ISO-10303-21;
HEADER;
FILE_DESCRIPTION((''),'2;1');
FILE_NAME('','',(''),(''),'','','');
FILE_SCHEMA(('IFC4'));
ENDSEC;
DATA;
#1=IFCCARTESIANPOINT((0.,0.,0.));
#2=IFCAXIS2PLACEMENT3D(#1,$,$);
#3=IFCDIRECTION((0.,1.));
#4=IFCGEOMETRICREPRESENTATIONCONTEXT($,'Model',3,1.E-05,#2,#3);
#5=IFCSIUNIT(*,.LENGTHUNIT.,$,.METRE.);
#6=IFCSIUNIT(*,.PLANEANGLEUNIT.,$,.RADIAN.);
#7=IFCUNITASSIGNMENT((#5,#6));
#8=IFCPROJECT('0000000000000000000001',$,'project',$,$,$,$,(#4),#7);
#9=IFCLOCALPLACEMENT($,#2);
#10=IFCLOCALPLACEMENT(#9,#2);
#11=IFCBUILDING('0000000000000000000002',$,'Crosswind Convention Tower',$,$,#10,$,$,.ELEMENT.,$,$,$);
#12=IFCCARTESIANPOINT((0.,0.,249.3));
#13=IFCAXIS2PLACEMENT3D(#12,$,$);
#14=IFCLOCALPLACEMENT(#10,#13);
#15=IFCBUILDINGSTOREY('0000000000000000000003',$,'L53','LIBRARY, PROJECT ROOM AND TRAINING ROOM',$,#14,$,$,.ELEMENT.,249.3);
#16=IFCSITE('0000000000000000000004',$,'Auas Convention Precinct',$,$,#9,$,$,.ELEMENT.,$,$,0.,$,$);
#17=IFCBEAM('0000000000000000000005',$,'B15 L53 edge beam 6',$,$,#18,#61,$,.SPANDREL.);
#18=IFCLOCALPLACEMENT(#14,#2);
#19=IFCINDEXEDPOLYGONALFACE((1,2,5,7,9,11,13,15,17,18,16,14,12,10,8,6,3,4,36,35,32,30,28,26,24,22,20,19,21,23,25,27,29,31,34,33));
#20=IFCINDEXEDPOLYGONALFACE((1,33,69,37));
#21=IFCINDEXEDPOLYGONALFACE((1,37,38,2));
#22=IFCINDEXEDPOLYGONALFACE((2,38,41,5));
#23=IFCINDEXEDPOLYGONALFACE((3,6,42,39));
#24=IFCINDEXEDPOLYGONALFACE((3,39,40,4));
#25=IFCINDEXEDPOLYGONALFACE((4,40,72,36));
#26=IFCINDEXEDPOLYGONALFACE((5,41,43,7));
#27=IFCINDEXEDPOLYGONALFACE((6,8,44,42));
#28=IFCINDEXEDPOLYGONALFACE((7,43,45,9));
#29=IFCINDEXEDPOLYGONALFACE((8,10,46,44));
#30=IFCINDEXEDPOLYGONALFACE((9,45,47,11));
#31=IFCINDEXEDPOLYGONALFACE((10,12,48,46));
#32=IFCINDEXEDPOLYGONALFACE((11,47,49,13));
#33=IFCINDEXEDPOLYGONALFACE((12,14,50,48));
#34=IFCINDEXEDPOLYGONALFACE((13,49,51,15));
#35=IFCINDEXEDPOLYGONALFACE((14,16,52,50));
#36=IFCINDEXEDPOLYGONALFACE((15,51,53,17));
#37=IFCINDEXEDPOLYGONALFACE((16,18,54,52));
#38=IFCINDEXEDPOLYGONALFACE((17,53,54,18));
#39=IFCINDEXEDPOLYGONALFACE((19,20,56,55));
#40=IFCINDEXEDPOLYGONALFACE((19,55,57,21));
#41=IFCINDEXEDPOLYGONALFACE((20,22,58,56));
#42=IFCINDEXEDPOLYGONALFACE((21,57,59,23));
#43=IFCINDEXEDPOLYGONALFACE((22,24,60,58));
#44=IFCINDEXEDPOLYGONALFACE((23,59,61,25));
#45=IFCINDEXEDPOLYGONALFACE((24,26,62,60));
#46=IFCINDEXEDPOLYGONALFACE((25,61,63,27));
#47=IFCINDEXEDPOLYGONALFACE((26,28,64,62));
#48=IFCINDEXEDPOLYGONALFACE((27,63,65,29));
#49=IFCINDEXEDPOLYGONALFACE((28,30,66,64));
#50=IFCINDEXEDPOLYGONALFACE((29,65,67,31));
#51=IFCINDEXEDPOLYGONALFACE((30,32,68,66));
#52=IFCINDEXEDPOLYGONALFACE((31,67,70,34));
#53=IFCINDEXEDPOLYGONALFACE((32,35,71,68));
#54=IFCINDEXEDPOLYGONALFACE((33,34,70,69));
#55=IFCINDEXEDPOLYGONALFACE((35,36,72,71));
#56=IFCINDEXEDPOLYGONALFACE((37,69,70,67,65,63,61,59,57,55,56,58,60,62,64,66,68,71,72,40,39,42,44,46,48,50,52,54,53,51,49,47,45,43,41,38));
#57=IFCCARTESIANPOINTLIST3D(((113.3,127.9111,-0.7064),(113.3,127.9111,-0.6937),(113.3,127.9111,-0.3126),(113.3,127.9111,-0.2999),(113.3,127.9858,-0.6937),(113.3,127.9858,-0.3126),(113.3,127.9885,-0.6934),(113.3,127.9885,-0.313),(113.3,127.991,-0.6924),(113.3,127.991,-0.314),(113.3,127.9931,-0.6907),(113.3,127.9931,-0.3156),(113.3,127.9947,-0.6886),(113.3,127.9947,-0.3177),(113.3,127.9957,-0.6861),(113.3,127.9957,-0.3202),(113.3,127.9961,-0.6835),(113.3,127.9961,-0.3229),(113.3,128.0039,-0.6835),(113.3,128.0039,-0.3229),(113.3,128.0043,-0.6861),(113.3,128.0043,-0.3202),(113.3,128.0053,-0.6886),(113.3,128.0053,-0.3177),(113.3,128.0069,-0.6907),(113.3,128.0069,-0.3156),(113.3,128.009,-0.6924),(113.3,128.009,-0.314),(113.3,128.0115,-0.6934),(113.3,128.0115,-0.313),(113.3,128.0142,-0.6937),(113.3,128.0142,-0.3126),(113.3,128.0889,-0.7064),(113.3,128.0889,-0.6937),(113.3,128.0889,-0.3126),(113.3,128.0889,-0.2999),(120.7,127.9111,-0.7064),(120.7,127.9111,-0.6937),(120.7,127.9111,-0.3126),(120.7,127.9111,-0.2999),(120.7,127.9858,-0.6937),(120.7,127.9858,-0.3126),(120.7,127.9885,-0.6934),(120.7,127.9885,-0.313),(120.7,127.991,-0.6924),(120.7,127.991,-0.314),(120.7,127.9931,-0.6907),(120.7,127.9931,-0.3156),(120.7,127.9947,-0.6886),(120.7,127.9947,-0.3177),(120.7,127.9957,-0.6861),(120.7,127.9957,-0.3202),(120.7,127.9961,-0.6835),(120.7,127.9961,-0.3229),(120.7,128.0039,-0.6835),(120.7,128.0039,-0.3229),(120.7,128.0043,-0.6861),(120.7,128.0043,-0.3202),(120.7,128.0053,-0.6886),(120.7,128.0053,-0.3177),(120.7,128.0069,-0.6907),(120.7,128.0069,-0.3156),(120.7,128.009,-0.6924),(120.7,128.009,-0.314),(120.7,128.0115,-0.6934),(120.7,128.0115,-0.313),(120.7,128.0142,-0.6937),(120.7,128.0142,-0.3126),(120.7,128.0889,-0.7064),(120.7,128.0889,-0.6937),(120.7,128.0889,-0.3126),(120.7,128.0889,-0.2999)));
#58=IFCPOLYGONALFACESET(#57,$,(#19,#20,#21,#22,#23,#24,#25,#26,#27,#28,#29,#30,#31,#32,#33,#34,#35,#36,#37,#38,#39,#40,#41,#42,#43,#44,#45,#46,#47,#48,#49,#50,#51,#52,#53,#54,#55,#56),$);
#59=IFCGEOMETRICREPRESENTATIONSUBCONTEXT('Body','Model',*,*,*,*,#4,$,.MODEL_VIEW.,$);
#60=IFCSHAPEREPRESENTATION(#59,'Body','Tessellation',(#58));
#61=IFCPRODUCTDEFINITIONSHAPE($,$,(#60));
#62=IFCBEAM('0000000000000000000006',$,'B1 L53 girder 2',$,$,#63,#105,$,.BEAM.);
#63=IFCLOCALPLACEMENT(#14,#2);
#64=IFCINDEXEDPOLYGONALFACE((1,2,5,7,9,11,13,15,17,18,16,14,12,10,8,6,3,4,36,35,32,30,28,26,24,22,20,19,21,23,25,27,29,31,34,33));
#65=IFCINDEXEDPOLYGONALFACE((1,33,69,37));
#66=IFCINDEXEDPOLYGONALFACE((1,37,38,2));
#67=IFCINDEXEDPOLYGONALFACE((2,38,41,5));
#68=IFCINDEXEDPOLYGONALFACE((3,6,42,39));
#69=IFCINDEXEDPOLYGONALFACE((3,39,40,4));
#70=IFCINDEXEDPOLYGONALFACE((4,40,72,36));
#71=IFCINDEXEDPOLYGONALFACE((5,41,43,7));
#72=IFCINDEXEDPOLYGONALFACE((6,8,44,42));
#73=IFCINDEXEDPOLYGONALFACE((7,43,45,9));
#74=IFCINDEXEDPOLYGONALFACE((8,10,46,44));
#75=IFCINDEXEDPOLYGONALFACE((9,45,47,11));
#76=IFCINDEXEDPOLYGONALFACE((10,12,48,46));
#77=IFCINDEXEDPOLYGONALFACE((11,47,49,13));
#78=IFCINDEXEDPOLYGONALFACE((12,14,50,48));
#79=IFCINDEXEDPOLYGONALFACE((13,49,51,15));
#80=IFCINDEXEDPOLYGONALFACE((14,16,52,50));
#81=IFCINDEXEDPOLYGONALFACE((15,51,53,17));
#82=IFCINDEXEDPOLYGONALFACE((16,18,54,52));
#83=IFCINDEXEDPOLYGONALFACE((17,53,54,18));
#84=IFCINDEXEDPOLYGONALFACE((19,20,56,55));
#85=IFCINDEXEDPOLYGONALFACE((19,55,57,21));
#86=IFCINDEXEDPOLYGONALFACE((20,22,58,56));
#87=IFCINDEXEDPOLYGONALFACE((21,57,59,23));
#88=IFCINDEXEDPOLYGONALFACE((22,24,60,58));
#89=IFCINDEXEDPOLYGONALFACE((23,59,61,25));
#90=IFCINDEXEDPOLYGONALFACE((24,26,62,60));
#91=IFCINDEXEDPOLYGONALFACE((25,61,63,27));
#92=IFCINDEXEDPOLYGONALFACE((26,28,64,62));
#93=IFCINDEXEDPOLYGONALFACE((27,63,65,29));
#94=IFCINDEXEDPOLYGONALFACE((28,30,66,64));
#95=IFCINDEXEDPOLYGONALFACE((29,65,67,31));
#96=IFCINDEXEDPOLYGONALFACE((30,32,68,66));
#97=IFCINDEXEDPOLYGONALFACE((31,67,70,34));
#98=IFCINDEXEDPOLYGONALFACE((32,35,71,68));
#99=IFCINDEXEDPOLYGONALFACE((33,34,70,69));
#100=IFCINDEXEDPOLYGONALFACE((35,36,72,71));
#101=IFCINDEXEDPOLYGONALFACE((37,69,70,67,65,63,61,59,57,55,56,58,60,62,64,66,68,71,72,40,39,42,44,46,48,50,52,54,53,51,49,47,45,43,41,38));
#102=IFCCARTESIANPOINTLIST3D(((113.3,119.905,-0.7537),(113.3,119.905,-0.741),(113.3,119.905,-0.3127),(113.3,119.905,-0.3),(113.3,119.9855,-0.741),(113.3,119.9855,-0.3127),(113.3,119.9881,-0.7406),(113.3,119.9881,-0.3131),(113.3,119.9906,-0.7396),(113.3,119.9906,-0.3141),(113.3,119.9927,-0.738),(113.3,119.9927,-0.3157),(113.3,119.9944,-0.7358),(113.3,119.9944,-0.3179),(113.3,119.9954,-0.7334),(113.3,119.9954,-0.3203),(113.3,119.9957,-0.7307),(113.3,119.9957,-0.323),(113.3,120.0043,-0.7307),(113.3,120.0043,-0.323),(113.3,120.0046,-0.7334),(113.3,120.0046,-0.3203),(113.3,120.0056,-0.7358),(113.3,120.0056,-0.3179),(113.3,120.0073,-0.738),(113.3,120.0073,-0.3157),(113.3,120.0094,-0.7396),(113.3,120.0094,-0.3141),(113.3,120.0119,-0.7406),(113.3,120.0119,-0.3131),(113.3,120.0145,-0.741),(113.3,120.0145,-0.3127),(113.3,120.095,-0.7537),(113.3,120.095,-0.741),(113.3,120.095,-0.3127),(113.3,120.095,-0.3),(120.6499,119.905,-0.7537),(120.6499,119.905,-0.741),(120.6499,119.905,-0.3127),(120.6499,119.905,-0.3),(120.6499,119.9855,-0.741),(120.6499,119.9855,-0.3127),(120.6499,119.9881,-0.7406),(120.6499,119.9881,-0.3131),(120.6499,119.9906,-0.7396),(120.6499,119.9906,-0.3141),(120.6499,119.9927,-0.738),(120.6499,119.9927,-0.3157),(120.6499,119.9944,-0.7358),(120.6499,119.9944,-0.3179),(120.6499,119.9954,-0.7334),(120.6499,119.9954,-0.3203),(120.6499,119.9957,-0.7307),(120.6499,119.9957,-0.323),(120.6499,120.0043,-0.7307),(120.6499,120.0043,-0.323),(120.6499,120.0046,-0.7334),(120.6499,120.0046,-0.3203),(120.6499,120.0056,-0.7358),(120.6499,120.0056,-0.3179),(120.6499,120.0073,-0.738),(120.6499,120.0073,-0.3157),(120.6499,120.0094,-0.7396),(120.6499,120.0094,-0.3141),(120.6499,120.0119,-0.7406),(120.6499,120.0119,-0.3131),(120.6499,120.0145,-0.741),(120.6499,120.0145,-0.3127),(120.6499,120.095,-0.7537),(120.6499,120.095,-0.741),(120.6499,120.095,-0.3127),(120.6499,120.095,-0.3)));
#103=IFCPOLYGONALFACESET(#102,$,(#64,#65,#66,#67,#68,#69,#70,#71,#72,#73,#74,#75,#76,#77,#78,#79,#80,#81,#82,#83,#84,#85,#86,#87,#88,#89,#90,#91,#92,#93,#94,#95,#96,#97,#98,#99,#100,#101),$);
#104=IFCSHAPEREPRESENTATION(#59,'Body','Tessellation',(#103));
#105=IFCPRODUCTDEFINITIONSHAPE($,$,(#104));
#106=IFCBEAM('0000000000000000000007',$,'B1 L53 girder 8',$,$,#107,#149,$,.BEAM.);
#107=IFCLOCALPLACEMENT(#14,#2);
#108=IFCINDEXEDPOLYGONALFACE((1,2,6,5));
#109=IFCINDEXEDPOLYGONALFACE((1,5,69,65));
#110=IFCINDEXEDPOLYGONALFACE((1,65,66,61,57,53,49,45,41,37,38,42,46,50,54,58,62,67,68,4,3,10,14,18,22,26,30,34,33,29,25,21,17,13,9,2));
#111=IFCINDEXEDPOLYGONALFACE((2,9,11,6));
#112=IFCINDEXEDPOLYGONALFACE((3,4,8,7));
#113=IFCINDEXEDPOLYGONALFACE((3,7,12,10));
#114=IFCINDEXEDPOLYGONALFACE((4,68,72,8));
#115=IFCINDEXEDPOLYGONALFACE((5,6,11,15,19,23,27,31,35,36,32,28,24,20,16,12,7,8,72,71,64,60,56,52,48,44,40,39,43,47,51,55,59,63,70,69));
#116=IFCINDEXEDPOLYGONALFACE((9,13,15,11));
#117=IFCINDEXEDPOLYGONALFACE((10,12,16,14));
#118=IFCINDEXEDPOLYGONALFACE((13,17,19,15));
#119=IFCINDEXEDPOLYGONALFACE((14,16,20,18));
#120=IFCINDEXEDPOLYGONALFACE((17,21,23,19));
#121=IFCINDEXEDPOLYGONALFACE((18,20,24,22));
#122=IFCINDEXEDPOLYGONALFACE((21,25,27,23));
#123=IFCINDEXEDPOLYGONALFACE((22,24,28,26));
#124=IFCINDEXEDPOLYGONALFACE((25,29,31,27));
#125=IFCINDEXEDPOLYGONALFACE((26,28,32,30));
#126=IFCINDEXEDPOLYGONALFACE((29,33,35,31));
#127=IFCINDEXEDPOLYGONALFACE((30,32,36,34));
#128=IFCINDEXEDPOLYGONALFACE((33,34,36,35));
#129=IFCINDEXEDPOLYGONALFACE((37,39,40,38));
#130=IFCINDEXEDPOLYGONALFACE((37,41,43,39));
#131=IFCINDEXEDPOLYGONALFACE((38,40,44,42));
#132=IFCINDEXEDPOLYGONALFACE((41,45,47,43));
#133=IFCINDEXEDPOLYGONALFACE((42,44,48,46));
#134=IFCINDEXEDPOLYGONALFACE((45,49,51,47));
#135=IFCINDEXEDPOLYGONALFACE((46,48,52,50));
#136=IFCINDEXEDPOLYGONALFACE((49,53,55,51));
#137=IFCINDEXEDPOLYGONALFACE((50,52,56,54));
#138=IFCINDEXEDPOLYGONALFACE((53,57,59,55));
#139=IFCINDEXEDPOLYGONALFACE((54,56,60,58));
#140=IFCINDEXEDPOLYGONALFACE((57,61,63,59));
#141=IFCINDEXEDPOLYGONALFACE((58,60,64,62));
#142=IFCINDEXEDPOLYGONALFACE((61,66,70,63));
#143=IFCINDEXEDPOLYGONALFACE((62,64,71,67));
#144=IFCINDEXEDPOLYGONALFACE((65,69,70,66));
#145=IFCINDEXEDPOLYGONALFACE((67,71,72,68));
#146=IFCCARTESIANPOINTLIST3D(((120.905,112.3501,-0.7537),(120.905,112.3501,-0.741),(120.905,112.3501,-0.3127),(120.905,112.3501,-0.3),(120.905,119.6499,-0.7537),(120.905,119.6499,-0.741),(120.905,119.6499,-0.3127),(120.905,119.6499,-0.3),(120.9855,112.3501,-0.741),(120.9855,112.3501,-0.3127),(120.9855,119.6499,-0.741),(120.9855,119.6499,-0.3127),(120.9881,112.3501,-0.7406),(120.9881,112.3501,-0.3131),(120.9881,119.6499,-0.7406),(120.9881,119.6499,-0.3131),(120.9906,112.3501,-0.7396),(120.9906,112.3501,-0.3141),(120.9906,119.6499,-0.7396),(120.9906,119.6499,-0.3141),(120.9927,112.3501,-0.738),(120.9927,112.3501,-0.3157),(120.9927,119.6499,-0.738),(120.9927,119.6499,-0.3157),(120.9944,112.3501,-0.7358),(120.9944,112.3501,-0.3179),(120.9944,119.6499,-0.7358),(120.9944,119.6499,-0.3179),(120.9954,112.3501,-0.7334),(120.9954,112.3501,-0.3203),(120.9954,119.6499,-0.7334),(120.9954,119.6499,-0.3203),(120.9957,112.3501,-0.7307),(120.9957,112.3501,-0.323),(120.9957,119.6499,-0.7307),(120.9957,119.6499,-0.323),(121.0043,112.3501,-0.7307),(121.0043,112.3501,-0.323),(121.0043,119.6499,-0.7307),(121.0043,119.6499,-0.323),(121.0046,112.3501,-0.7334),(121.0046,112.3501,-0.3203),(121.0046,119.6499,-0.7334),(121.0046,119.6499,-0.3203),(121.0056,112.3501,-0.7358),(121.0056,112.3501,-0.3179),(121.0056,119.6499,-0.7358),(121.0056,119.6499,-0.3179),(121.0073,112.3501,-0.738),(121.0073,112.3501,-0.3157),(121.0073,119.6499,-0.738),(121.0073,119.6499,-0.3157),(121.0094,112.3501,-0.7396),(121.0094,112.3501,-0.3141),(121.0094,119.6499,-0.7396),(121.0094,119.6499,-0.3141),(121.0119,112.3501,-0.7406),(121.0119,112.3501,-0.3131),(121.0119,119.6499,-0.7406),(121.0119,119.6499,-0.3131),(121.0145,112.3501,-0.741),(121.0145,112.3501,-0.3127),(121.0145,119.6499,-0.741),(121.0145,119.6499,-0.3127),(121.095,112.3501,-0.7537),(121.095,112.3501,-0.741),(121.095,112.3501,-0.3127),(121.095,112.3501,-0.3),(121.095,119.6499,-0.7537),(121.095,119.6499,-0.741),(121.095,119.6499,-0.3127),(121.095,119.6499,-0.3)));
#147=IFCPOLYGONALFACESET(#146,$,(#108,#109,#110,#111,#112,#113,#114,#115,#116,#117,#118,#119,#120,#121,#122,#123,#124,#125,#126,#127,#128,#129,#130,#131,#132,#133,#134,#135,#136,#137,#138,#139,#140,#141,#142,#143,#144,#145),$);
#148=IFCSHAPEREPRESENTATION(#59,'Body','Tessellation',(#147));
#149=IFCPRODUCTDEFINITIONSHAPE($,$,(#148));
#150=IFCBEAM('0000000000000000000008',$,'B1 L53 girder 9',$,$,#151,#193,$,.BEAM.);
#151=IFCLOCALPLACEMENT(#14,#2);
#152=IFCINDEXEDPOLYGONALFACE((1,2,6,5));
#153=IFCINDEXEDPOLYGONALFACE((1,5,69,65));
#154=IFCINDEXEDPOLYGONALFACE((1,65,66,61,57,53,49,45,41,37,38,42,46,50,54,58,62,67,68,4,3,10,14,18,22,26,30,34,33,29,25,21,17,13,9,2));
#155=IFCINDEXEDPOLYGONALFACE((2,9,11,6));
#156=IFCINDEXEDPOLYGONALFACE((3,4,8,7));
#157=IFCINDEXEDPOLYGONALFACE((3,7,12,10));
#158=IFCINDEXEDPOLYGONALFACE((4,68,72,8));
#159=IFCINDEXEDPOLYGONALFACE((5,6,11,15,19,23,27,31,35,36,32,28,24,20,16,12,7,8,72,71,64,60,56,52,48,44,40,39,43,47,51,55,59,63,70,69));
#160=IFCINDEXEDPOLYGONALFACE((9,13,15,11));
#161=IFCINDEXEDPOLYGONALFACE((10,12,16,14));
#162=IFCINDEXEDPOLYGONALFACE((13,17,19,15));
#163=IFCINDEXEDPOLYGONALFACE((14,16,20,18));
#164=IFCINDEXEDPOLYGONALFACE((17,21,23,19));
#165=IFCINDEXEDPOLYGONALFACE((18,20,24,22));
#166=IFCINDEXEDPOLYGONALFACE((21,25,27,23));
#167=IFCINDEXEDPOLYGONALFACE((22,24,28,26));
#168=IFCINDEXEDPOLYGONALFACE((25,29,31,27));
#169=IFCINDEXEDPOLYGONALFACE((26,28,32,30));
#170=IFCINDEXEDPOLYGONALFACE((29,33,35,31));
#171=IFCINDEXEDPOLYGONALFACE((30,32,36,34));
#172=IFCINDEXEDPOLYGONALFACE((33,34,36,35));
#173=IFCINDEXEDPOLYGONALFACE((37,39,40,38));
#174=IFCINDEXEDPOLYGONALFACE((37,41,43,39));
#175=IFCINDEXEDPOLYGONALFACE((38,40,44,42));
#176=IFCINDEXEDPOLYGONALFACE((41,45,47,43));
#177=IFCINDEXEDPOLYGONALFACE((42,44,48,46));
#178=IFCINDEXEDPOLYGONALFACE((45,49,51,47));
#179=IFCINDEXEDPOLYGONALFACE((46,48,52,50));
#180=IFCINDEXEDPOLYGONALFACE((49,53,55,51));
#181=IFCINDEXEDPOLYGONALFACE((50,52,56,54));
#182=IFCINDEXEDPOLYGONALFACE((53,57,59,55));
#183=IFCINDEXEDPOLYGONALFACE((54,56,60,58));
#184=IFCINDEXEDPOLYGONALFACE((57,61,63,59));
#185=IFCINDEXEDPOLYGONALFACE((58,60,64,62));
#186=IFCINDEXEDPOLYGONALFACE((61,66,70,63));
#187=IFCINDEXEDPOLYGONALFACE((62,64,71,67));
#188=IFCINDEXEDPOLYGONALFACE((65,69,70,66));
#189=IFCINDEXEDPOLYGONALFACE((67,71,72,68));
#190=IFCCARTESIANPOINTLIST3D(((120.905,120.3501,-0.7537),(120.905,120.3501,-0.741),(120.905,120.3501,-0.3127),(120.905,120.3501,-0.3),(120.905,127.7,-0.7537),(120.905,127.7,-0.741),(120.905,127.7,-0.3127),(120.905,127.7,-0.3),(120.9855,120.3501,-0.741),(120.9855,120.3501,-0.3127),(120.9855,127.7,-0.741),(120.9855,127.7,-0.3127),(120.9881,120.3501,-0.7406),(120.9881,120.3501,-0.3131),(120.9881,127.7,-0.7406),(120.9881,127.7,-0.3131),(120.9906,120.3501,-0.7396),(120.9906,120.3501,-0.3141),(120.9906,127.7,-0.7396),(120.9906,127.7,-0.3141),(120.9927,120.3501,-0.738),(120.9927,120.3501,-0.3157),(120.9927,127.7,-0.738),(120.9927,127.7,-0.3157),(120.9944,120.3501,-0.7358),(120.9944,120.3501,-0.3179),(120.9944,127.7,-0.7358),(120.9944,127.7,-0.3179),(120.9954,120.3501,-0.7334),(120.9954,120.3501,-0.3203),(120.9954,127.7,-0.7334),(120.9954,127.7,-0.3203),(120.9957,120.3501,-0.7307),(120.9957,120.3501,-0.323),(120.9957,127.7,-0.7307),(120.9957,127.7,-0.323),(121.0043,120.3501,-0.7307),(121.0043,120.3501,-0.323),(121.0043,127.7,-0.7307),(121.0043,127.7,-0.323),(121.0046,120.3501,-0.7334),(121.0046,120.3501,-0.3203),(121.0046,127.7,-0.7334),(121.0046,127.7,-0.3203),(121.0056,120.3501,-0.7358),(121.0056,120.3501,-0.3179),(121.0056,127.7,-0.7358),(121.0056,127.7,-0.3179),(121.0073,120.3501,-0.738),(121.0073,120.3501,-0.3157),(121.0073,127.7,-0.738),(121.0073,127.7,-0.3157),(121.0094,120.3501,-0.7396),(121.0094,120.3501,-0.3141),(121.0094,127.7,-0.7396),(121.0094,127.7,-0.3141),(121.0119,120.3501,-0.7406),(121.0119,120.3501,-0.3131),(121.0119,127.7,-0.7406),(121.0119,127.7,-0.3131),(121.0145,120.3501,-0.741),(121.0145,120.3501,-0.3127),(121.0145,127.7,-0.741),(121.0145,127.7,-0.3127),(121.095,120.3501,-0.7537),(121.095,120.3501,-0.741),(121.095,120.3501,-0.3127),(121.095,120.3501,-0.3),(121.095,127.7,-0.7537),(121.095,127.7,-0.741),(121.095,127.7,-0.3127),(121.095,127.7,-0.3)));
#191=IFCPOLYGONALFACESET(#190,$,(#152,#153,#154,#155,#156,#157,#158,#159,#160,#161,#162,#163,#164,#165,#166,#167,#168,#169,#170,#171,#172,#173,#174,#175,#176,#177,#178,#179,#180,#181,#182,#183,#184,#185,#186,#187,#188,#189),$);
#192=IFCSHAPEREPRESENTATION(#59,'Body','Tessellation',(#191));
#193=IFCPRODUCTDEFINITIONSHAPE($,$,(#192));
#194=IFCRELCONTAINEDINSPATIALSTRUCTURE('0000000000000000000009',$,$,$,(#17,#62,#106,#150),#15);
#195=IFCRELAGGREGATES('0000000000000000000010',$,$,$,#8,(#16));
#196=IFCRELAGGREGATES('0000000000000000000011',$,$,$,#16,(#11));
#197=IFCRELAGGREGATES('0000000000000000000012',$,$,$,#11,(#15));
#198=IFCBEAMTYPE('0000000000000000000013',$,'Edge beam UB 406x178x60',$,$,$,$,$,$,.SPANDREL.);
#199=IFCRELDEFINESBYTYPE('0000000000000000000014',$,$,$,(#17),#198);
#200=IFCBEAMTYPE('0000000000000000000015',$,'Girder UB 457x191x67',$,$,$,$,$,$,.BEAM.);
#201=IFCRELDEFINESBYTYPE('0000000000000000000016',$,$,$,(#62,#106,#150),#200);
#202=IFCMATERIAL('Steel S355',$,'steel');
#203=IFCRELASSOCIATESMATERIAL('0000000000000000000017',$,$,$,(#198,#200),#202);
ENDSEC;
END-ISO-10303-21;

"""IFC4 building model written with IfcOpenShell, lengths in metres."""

from ifc_helpers import new_model, si_unit, direction, frame, origin, origin_2d, place, context, subcontext, project, spatial, i_section, extrude, material, material_profile, profile_set, type_object, element, save


model = new_model("IFC4")

# Units and contexts
model_context = context("Model", 3, precision=1e-05, world=origin(), true_north=direction((0.0, 1.0)))
body_context = subcontext(model_context, "Body", "Model", "MODEL_VIEW")
ifc_project = project(units=[si_unit("LENGTHUNIT", "METRE"), si_unit("PLANEANGLEUNIT", "RADIAN")], contexts=[model_context])

# Site, building, storey
site_placement = place(None, origin())
site = spatial("IfcSite", under=ifc_project, at=site_placement, Name="Auas Convention Precinct", CompositionType="ELEMENT", RefElevation=0.0)
building_placement = place(site_placement, origin())
building = spatial("IfcBuilding", under=site, at=building_placement, Name="Crosswind Convention Tower", CompositionType="ELEMENT")
storey_placement = place(building_placement, frame((0.0, 0.0, 249.3)))
storey = spatial("IfcBuildingStorey", under=building, at=storey_placement, Name="L53", Description="LIBRARY, PROJECT ROOM AND TRAINING ROOM", CompositionType="ELEMENT", Elevation=249.3)

# Beams
ifc_material_1 = material(Name="Steel S355", Category="steel")
ifc_material_profile_1 = material_profile(ifc_material_1, i_section(OverallWidth=0.1777, OverallDepth=0.4065, WebThickness=0.0078, FlangeThickness=0.0127, FilletRadius=0.0103, at=origin_2d()), Name="UB 406x178x60")
ifc_profile_set_1 = profile_set([ifc_material_profile_1], Name="Steel S355")
beam_type_1 = type_object("IfcBeamType", Name="Edge beam UB 406x178x60", PredefinedType="SPANDREL", material=ifc_profile_set_1)
for number, where, z_axis, x_axis, name in (
    (1, (113.3, 128.0, -0.5032), (1.0, 0.0, 0.0), (0.0, 1.0, 0.0), "B15 L53 edge beam 6"),
):
    element("IfcBeam", number, at=place(storey_placement, frame(where, z_axis=z_axis, x_axis=x_axis)), inside=storey, type_object=beam_type_1, Name=name, PredefinedType="SPANDREL", context=body_context, shape_type="SweptSolid", body=[
        extrude(i_section(OverallWidth=0.1777, OverallDepth=0.4065, WebThickness=0.0078, FlangeThickness=0.0127, FilletRadius=0.0103, at=origin_2d()), origin(), (0.0, 0.0, 1.0), 7.3999),
    ])
ifc_material_profile_2 = material_profile(ifc_material_1, i_section(OverallWidth=0.1899, OverallDepth=0.4536, WebThickness=0.0085, FlangeThickness=0.0127, FilletRadius=0.0103, at=origin_2d()), Name="UB 457x191x67")
ifc_profile_set_2 = profile_set([ifc_material_profile_2], Name="Steel S355")
beam_type_2 = type_object("IfcBeamType", Name="Girder UB 457x191x67", PredefinedType="BEAM", material=ifc_profile_set_2)
beam_1_placement = place(storey_placement, frame((113.3, 120.0, -0.5269), z_axis=(1.0, 0.0, 0.0), x_axis=(0.0, 1.0, 0.0)))
element("IfcBeam", 2, at=beam_1_placement, inside=storey, type_object=beam_type_2, Name="B1 L53 girder 2", PredefinedType="BEAM", context=body_context, shape_type="SweptSolid", body=[
    extrude(i_section(OverallWidth=0.1899, OverallDepth=0.4536, WebThickness=0.0085, FlangeThickness=0.0127, FilletRadius=0.0103, at=origin_2d()), origin(), (0.0, 0.0, 1.0), 7.3499),
])
beam_2_placement = place(storey_placement, frame((121.0, 112.3501, -0.5269), z_axis=(0.0, 1.0, 0.0), x_axis=(-1.0, 0.0, 0.0)))
element("IfcBeam", 3, at=beam_2_placement, inside=storey, type_object=beam_type_2, Name="B1 L53 girder 8", PredefinedType="BEAM", context=body_context, shape_type="SweptSolid", body=[
    extrude(i_section(OverallWidth=0.1899, OverallDepth=0.4536, WebThickness=0.0085, FlangeThickness=0.0127, FilletRadius=0.0103, at=origin_2d()), origin(), (0.0, 0.0, 1.0), 7.2998),
])
beam_3_placement = place(storey_placement, frame((121.0, 120.3501, -0.5269), z_axis=(0.0, 1.0, 0.0), x_axis=(-1.0, 0.0, 0.0)))
element("IfcBeam", 4, at=beam_3_placement, inside=storey, type_object=beam_type_2, Name="B1 L53 girder 9", PredefinedType="BEAM", context=body_context, shape_type="SweptSolid", body=[
    extrude(i_section(OverallWidth=0.1899, OverallDepth=0.4536, WebThickness=0.0085, FlangeThickness=0.0127, FilletRadius=0.0103, at=origin_2d()), origin(), (0.0, 0.0, 1.0), 7.3499),
])

save(model, "model.ifc")
